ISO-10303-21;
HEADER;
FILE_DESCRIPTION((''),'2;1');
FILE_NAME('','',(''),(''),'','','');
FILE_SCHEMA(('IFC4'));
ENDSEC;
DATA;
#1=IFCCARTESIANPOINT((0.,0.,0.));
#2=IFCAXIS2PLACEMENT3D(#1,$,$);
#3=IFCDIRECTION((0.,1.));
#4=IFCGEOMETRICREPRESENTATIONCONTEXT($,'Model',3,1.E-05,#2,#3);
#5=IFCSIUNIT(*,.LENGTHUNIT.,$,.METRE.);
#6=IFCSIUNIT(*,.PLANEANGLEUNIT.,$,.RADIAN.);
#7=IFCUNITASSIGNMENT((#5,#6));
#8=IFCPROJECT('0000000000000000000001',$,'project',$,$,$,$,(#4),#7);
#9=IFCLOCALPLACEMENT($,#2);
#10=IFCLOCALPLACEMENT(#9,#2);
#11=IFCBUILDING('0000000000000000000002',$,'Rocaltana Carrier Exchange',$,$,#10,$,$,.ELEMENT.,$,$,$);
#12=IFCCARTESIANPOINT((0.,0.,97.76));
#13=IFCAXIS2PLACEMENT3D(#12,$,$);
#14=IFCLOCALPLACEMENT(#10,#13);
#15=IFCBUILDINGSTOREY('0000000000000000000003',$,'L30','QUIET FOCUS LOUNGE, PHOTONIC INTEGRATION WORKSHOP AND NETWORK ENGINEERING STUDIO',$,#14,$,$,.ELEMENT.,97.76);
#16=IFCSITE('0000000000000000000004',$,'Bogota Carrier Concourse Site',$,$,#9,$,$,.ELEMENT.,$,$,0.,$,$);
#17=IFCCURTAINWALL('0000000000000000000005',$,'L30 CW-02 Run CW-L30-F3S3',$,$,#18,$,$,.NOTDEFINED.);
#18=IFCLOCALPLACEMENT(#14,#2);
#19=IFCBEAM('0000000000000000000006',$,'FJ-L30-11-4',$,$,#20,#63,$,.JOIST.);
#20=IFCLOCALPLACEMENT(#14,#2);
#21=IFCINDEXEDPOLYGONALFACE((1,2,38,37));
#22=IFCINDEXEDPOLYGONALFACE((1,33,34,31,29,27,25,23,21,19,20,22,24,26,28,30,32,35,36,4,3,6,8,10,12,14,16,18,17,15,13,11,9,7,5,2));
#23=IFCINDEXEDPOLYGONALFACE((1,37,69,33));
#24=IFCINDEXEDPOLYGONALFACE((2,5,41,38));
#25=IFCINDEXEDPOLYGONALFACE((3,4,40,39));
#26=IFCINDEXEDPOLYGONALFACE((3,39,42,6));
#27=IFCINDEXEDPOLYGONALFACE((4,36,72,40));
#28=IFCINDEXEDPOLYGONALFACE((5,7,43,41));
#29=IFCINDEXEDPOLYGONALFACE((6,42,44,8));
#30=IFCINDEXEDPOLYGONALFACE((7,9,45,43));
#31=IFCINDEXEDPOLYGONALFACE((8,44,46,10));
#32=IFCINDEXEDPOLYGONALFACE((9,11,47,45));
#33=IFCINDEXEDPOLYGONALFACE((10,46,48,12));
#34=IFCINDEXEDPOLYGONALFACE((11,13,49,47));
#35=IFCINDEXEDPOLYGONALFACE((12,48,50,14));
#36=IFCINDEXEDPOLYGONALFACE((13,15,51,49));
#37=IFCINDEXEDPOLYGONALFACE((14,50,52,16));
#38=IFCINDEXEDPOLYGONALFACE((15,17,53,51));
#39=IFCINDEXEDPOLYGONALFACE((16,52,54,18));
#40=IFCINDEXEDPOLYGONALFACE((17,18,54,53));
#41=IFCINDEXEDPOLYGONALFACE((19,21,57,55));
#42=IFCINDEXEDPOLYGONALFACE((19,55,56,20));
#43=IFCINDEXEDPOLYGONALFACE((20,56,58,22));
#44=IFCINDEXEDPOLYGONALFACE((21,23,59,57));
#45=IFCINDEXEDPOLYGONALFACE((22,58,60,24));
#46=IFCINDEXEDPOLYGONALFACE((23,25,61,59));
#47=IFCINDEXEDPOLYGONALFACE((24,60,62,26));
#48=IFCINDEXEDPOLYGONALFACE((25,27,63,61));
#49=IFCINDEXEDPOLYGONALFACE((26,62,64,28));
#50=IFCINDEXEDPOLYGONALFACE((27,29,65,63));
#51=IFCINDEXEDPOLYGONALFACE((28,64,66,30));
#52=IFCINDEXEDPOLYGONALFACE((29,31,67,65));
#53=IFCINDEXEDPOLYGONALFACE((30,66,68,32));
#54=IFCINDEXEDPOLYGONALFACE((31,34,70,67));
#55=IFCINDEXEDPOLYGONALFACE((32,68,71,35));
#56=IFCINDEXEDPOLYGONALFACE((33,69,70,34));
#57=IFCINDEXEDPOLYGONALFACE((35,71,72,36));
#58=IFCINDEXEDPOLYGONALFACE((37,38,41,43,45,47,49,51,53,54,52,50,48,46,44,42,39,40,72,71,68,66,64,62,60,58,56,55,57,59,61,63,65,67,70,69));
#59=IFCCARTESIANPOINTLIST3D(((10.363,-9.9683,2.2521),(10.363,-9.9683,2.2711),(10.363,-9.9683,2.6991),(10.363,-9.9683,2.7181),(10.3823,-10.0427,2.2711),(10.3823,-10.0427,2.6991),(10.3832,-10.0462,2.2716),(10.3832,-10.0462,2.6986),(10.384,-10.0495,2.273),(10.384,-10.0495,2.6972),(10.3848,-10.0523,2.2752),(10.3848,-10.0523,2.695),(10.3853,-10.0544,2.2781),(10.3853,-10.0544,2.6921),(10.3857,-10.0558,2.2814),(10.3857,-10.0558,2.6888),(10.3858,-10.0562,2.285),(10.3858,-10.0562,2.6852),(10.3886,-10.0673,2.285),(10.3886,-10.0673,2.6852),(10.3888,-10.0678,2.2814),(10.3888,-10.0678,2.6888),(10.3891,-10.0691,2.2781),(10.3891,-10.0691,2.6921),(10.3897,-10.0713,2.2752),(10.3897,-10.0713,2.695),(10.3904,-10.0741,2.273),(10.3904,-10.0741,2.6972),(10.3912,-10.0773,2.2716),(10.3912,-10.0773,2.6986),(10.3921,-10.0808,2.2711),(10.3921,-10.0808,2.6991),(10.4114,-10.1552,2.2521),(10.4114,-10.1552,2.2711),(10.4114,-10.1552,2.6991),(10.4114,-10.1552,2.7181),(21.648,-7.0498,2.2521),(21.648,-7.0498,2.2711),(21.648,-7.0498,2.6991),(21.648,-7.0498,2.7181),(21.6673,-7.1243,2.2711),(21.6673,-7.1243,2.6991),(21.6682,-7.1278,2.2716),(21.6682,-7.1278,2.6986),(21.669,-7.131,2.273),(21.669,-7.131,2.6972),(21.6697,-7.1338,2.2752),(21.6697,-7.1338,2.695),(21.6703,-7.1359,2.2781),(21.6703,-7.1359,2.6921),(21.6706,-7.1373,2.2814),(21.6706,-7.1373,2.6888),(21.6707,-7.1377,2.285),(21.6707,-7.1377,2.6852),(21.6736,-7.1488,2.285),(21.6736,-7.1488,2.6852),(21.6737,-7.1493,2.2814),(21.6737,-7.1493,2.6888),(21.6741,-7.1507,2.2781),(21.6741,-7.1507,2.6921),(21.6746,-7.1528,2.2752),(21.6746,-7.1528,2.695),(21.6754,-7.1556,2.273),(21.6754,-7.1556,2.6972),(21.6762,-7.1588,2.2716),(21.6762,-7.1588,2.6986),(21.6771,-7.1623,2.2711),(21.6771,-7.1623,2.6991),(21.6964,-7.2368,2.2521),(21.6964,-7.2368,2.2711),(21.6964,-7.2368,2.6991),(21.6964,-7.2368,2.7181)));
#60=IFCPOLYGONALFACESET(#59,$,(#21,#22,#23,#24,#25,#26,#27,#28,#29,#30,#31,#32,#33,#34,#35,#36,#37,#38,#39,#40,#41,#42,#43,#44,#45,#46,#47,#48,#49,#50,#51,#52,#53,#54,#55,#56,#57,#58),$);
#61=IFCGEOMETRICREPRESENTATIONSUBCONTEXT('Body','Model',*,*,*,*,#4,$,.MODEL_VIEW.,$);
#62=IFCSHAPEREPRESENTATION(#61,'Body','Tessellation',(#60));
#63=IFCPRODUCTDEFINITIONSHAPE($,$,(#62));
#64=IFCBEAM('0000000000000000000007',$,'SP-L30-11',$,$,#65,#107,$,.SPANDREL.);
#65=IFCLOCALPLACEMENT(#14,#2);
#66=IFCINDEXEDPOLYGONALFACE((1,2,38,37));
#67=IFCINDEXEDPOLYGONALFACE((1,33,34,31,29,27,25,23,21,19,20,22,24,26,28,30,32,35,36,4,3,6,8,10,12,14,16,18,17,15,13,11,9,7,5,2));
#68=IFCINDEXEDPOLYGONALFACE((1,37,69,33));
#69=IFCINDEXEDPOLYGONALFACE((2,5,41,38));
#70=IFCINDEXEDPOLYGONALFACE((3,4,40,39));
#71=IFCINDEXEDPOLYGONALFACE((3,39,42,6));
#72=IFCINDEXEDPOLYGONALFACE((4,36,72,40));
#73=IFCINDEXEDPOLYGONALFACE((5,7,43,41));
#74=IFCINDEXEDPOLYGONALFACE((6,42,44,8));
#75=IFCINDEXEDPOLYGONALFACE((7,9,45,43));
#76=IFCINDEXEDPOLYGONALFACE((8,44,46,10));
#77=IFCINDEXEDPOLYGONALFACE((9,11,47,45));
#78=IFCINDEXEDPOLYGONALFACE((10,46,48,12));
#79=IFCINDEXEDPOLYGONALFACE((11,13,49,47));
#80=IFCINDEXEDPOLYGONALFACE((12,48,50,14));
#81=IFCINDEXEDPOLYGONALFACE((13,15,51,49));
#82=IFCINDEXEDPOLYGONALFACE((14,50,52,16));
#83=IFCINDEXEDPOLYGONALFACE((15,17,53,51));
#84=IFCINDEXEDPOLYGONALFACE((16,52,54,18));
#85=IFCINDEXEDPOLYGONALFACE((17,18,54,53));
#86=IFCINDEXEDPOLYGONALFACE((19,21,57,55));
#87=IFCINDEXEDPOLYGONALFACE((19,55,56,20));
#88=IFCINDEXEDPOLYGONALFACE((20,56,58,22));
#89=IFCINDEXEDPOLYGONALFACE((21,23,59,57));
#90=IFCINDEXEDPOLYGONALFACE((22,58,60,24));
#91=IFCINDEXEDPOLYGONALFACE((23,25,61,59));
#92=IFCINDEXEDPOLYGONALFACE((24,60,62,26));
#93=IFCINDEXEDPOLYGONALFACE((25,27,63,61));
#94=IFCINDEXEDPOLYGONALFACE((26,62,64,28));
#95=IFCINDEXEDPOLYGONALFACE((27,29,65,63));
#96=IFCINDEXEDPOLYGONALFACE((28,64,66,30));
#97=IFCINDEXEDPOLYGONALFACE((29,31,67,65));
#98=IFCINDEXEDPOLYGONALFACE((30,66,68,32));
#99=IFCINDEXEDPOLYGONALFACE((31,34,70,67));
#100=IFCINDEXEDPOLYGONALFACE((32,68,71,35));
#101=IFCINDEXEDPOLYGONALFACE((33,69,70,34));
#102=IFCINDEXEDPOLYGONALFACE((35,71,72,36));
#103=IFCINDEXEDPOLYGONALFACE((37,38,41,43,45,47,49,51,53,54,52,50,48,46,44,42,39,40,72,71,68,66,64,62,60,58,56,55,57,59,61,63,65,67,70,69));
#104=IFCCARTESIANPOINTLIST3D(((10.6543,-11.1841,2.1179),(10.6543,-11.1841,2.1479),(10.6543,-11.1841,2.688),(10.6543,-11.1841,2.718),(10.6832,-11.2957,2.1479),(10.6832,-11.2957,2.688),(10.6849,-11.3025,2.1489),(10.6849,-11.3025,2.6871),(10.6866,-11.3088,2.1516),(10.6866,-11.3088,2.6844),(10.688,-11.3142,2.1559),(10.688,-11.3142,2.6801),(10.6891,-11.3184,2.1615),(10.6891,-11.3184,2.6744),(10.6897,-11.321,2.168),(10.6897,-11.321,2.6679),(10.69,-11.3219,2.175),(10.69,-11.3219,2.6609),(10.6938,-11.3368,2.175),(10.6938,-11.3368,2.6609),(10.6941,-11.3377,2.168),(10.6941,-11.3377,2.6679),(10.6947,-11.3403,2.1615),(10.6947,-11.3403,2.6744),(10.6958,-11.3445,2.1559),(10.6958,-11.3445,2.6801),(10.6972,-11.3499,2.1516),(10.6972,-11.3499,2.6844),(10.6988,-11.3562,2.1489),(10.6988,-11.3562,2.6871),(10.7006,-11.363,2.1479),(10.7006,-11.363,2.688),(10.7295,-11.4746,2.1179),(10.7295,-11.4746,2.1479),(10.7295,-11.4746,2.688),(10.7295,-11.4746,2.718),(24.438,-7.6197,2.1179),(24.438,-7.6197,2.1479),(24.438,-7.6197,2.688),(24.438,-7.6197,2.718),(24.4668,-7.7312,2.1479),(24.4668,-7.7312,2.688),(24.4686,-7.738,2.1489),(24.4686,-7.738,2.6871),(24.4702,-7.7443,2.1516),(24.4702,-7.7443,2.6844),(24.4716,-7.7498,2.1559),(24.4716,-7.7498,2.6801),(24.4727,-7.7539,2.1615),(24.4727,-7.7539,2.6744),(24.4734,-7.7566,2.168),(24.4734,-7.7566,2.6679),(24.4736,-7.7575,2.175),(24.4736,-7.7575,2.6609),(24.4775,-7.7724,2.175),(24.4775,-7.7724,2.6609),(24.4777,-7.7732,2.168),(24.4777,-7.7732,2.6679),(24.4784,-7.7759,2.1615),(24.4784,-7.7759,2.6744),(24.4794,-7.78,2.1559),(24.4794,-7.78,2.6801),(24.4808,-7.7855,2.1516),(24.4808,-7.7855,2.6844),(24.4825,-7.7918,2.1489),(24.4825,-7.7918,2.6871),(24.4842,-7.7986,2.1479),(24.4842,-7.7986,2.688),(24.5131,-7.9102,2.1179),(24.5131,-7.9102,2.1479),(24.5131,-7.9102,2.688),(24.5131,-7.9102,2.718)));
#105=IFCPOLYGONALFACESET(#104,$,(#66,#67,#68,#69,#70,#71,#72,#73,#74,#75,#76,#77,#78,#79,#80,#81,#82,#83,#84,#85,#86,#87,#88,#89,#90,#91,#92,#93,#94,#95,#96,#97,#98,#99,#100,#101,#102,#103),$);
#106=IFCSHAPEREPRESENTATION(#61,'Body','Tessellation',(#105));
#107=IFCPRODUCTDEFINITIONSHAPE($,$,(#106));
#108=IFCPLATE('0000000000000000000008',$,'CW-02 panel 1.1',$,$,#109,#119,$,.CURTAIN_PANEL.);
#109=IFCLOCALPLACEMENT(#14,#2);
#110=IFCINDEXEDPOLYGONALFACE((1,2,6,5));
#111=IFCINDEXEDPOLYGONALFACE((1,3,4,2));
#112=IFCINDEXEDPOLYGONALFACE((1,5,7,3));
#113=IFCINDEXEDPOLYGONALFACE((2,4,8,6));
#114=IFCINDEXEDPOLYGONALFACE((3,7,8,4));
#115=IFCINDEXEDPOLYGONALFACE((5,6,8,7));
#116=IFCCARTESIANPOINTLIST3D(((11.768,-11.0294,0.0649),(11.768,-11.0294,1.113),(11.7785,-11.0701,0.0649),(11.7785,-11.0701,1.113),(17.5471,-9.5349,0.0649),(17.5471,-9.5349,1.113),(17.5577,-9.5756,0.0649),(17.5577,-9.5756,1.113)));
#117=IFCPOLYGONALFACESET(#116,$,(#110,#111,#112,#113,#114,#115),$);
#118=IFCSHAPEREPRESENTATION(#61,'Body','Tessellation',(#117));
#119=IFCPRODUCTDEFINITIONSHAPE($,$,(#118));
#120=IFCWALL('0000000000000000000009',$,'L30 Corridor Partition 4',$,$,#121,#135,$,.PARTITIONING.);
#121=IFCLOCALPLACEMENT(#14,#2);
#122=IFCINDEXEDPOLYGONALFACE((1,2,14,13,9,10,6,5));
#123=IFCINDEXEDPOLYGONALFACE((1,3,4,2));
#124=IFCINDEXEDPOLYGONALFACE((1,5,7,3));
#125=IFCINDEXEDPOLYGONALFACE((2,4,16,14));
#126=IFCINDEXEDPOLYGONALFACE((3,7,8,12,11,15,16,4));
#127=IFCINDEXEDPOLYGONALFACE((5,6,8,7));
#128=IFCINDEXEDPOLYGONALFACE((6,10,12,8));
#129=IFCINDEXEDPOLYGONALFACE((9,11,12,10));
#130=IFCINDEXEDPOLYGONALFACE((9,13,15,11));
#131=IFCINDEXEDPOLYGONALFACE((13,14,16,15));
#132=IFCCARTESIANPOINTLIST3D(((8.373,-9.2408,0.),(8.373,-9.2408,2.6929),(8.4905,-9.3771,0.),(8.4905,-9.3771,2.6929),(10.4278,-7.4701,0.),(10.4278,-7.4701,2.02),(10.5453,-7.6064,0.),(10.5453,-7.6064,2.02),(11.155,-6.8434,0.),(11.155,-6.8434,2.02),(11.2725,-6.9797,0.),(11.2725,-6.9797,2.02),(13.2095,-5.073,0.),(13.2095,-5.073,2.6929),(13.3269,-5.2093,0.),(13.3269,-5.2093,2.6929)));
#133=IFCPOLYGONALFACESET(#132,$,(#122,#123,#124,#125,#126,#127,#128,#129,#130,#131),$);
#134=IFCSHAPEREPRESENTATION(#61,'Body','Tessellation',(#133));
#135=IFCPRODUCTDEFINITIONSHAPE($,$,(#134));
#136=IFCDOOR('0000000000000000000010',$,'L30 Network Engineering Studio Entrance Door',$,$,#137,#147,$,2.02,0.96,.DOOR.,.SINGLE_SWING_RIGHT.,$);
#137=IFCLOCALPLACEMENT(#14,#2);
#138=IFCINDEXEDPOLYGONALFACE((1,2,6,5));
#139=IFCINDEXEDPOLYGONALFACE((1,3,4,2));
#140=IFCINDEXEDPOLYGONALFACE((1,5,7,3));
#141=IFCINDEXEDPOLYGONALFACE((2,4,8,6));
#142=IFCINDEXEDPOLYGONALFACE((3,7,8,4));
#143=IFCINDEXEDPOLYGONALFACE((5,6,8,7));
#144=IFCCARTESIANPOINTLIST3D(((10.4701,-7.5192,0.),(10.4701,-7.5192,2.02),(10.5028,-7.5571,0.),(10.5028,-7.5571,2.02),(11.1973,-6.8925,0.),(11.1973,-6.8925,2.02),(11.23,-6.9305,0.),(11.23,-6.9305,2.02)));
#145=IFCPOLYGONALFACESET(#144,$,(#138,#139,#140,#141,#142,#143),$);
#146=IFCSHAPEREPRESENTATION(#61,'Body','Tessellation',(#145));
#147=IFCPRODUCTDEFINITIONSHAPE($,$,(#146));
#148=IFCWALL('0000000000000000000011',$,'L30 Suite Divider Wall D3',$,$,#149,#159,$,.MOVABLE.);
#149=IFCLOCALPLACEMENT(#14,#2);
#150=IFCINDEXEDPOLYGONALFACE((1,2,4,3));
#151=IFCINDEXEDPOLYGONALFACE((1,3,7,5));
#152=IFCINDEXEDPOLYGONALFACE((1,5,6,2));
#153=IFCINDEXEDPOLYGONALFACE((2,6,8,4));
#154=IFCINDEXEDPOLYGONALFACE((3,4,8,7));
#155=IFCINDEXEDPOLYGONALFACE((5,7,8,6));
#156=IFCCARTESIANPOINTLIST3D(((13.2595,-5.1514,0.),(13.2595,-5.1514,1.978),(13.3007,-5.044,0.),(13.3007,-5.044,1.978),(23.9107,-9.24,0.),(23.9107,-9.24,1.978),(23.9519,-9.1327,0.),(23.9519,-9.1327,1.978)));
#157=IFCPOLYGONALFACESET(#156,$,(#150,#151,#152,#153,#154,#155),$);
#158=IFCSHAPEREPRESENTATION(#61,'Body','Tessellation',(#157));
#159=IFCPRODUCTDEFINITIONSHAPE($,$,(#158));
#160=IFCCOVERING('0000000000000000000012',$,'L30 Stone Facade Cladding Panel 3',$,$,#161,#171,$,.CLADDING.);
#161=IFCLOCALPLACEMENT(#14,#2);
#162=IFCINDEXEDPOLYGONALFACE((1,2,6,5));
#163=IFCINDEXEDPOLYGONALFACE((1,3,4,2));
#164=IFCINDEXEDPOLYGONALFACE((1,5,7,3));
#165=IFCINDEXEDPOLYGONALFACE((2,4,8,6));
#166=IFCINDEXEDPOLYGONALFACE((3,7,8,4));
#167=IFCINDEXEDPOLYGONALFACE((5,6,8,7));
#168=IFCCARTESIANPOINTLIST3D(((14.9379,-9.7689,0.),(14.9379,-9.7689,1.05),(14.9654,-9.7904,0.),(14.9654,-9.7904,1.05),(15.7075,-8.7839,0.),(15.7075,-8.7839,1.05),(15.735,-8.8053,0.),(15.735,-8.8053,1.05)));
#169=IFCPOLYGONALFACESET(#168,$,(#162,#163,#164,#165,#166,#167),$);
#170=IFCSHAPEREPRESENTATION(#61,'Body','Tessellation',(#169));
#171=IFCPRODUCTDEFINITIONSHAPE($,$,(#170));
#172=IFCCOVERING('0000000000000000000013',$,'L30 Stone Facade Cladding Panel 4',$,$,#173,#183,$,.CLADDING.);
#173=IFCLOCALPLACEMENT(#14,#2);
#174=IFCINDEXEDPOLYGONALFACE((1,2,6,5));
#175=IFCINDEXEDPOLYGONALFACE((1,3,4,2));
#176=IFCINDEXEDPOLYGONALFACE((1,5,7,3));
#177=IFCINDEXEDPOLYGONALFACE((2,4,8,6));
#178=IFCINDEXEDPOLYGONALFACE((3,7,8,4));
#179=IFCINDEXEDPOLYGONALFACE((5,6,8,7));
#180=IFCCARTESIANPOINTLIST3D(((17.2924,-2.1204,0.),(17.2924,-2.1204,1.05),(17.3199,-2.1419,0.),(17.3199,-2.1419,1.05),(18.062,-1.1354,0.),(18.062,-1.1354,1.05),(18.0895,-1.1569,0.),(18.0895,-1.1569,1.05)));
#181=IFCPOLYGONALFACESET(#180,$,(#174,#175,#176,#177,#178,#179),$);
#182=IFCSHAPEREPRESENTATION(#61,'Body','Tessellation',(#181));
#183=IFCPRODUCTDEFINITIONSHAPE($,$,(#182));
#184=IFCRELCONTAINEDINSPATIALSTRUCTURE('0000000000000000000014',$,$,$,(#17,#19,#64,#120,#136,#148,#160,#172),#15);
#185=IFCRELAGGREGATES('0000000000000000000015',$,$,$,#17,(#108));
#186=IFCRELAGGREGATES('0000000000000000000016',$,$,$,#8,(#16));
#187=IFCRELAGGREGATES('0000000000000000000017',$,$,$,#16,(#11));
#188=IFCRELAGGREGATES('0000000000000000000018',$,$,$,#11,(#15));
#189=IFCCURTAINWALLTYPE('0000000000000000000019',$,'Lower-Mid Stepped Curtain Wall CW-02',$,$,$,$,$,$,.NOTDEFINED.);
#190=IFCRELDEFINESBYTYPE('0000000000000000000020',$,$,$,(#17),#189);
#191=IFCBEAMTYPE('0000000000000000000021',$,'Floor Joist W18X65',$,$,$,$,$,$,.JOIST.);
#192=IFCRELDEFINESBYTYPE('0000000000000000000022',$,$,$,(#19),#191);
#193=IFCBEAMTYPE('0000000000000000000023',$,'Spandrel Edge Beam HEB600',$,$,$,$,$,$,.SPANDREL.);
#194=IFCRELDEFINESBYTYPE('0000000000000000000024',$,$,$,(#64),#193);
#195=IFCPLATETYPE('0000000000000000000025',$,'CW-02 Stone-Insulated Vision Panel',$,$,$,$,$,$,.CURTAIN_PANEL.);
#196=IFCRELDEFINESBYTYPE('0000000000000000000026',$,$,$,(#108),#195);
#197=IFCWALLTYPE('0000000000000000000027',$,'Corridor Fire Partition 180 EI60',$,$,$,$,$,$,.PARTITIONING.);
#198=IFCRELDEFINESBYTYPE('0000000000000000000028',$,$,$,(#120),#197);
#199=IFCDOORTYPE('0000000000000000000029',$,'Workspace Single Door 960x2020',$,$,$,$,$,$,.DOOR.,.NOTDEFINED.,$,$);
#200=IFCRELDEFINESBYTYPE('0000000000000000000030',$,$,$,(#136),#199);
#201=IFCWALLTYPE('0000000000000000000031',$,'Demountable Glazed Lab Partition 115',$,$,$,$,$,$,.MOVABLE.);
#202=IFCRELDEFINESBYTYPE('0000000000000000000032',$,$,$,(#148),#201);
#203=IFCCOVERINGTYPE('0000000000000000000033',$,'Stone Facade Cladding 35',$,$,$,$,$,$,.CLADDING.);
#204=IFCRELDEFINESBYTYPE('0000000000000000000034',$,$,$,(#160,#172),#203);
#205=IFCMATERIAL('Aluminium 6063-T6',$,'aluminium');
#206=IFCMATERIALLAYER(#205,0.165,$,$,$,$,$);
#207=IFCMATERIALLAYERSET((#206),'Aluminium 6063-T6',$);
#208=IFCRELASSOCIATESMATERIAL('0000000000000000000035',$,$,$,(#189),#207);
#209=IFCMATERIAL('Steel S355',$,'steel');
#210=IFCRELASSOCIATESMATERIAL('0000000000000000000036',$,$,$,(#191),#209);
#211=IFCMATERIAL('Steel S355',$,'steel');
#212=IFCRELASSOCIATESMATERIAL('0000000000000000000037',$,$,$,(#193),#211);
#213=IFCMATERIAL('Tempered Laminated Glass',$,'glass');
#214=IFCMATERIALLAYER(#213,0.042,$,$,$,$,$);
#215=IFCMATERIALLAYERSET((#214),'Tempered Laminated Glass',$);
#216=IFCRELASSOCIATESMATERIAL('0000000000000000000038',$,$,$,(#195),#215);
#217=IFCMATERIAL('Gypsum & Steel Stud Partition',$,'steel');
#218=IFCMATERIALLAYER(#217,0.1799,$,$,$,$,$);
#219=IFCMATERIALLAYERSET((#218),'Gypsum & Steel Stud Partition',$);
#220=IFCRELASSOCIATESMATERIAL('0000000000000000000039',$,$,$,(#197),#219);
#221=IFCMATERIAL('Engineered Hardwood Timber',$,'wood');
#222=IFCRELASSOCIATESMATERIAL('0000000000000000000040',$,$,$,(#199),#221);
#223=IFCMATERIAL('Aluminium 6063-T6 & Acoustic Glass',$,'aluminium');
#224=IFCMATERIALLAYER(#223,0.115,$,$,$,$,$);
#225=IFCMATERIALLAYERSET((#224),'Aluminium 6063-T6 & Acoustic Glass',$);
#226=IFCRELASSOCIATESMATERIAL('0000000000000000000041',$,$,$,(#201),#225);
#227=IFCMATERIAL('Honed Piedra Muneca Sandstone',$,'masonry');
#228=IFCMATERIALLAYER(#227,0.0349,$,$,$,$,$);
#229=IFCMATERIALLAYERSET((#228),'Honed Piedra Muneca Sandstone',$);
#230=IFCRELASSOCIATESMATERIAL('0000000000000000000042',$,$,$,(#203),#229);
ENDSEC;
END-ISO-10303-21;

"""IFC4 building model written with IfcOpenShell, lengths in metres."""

from ifc_helpers import new_model, si_unit, direction, frame, frame_2d, origin, origin_2d, place, context, subcontext, project, spatial, rectangle, i_section, extrude, material, layer, layer_set, material_profile, profile_set, type_object, element, fill, aggregate, save


model = new_model("IFC4")

# Units and contexts
model_context = context("Model", 3, precision=1e-05, world=origin(), true_north=direction((0.0, 1.0)))
body_context = subcontext(model_context, "Body", "Model", "MODEL_VIEW")
ifc_project = project(units=[si_unit("LENGTHUNIT", "METRE"), si_unit("PLANEANGLEUNIT", "RADIAN")], contexts=[model_context])

# Site, building, storey
site_placement = place(None, origin())
site = spatial("IfcSite", under=ifc_project, at=site_placement, Name="Bogota Carrier Concourse Site", CompositionType="ELEMENT", RefElevation=0.0)
building_placement = place(site_placement, origin())
building = spatial("IfcBuilding", under=site, at=building_placement, Name="Rocaltana Carrier Exchange", CompositionType="ELEMENT")
storey_placement = place(building_placement, frame((0.0, 0.0, 97.76)))
storey = spatial("IfcBuildingStorey", under=building, at=storey_placement, Name="L30", Description="QUIET FOCUS LOUNGE, PHOTONIC INTEGRATION WORKSHOP AND NETWORK ENGINEERING STUDIO", CompositionType="ELEMENT", Elevation=97.76)

# Curtain wall
ifc_material_1 = material(Name="Aluminium 6063-T6", Category="aluminium")
ifc_layer_1 = layer(ifc_material_1, 0.165)
ifc_layer_set_1 = layer_set([ifc_layer_1], Name="Aluminium 6063-T6")
curtain_wall_type = type_object("IfcCurtainWallType", Name="Lower-Mid Stepped Curtain Wall CW-02", PredefinedType="NOTDEFINED", material=ifc_layer_set_1)
curtain_wall_placement = place(storey_placement, origin())
curtain_wall = element("IfcCurtainWall", 1, at=curtain_wall_placement, inside=storey, type_object=curtain_wall_type, Name="L30 CW-02 Run CW-L30-F3S3", PredefinedType="NOTDEFINED")

# Beams
ifc_material_2 = material(Name="Steel S355", Category="steel")
ifc_material_profile_1 = material_profile(ifc_material_2, i_section(OverallWidth=0.1931, OverallDepth=0.4661, WebThickness=0.0115, FlangeThickness=0.019, FilletRadius=0.0139, at=origin_2d()), Name="W18X65")
ifc_profile_set_1 = profile_set([ifc_material_profile_1], Name="Steel S355")
beam_type_1 = type_object("IfcBeamType", Name="Floor Joist W18X65", PredefinedType="JOIST", material=ifc_profile_set_1)
beam_1_placement = place(storey_placement, frame((10.3872, -10.0618, 2.4851), z_axis=(0.968148, 0.250378, 0.0), x_axis=(-0.250378, 0.968148, 0.0)))
element("IfcBeam", 2, at=beam_1_placement, inside=storey, type_object=beam_type_1, Name="FJ-L30-11-4", PredefinedType="JOIST", context=body_context, shape_type="SweptSolid", body=[
    extrude(i_section(OverallWidth=0.1931, OverallDepth=0.4661, WebThickness=0.0115, FlangeThickness=0.019, FilletRadius=0.0139, at=origin_2d()), origin(), (0.0, 0.0, 1.0), 11.6562),
])
ifc_material_3 = material(Name="Steel S355", Category="steel")
ifc_material_profile_2 = material_profile(ifc_material_3, i_section(OverallWidth=0.3, OverallDepth=0.6001, WebThickness=0.0154, FlangeThickness=0.03, FilletRadius=0.0271, at=origin_2d()), Name="HEB600")
ifc_profile_set_2 = profile_set([ifc_material_profile_2], Name="Steel S355")
beam_type_2 = type_object("IfcBeamType", Name="Spandrel Edge Beam HEB600", PredefinedType="SPANDREL", material=ifc_profile_set_2)
beam_2_placement = place(storey_placement, frame((10.6919, -11.3293, 2.418), z_axis=(0.968152, 0.250363, 0.0), x_axis=(-0.250363, 0.968152, 0.0)))
element("IfcBeam", 3, at=beam_2_placement, inside=storey, type_object=beam_type_2, Name="SP-L30-11", PredefinedType="SPANDREL", context=body_context, shape_type="SweptSolid", body=[
    extrude(i_section(OverallWidth=0.3, OverallDepth=0.6001, WebThickness=0.0154, FlangeThickness=0.03, FilletRadius=0.0271, at=origin_2d()), origin(), (0.0, 0.0, 1.0), 14.2371),
])

# Plate
ifc_material_4 = material(Name="Tempered Laminated Glass", Category="glass")
ifc_layer_2 = layer(ifc_material_4, 0.042)
ifc_layer_set_2 = layer_set([ifc_layer_2], Name="Tempered Laminated Glass")
plate_type = type_object("IfcPlateType", Name="CW-02 Stone-Insulated Vision Panel", PredefinedType="CURTAIN_PANEL", material=ifc_layer_set_2)
plate_placement = place(storey_placement, frame((14.6628, -10.3025, 0.0649), z_axis=(0.0, 0.0, 1.0), x_axis=(0.96815, 0.25037, 0.0)))
plate = element("IfcPlate", 4, at=plate_placement, type_object=plate_type, Name="CW-02 panel 1.1", PredefinedType="CURTAIN_PANEL", context=body_context, shape_type="SweptSolid", body=[
    extrude(rectangle(XDim=5.9692, YDim=0.042, at=origin_2d()), origin(), (0.0, 0.0, 1.0), 1.0481),
])
aggregate(curtain_wall, [plate])

# Wall, opening, door
ifc_material_5 = material(Name="Gypsum & Steel Stud Partition", Category="steel")
ifc_layer_3 = layer(ifc_material_5, 0.1799)
ifc_layer_set_3 = layer_set([ifc_layer_3], Name="Gypsum & Steel Stud Partition")
wall_type_1 = type_object("IfcWallType", Name="Corridor Fire Partition 180 EI60", PredefinedType="PARTITIONING", material=ifc_layer_set_3)
wall_1_placement = place(storey_placement, frame((13.2683, -5.1411, 0.0), z_axis=(0.0, 0.0, 1.0), x_axis=(-0.757535, -0.652795, 0.0)))
wall_1 = element("IfcWall", 5, at=wall_1_placement, inside=storey, type_object=wall_type_1, Name="L30 Corridor Partition 4", PredefinedType="PARTITIONING", context=body_context, shape_type="SweptSolid", body=[
    extrude(rectangle(XDim=6.3845, YDim=0.1799, at=frame_2d((3.1924, 0.0))), origin(), (0.0, 0.0, 1.0), 2.6929),
])
opening_placement = place(wall_1_placement, frame((2.7122, 0.0, 0.0)))
opening = element("IfcOpeningElement", 6, at=opening_placement, cuts=wall_1, PredefinedType="OPENING", context=body_context, shape_type="SweptSolid", body=[
    extrude(rectangle(XDim=0.96, YDim=2.02, at=frame_2d((0.48, 1.01))), frame((0.0, 0.0999, 0.0), z_axis=(0.0, -1.0, 0.0), x_axis=(1.0, 0.0, 0.0)), (0.0, 0.0, 1.0), 0.2),
])
ifc_material_6 = material(Name="Engineered Hardwood Timber", Category="wood")
door_type = type_object("IfcDoorType", Name="Workspace Single Door 960x2020", OperationType="NOTDEFINED", PredefinedType="DOOR", material=ifc_material_6)
door_placement = place(opening_placement, origin())
door = element("IfcDoor", 7, at=door_placement, inside=storey, type_object=door_type, Name="L30 Network Engineering Studio Entrance Door", OperationType="SINGLE_SWING_RIGHT", OverallHeight=2.02, OverallWidth=0.96, PredefinedType="DOOR", context=body_context, shape_type="SweptSolid", body=[
    extrude(rectangle(XDim=0.96, YDim=2.02, at=frame_2d((0.48, 1.01))), frame((0.0, 0.0249, 0.0), z_axis=(0.0, -1.0, 0.0), x_axis=(1.0, 0.0, 0.0)), (0.0, 0.0, 1.0), 0.05),
])
fill(opening, door)

# Wall
ifc_material_7 = material(Name="Aluminium 6063-T6 & Acoustic Glass", Category="aluminium")
ifc_layer_4 = layer(ifc_material_7, 0.115)
ifc_layer_set_4 = layer_set([ifc_layer_4], Name="Aluminium 6063-T6 & Acoustic Glass")
wall_type_2 = type_object("IfcWallType", Name="Demountable Glazed Lab Partition 115", PredefinedType="MOVABLE", material=ifc_layer_set_4)
wall_2_placement = place(storey_placement, frame((13.28, -5.0977, 0.0), z_axis=(0.0, 0.0, 1.0), x_axis=(0.933579, -0.358371, 0.0)))
element("IfcWall", 8, at=wall_2_placement, inside=storey, type_object=wall_type_2, Name="L30 Suite Divider Wall D3", PredefinedType="MOVABLE", context=body_context, shape_type="SweptSolid", body=[
    extrude(rectangle(XDim=11.4089, YDim=0.115, at=frame_2d((5.7046, 0.0))), origin(), (0.0, 0.0, 1.0), 1.978),
])

# Coverings
ifc_material_8 = material(Name="Honed Piedra Muneca Sandstone", Category="masonry")
ifc_layer_5 = layer(ifc_material_8, 0.0349)
ifc_layer_set_5 = layer_set([ifc_layer_5], Name="Honed Piedra Muneca Sandstone")
covering_type = type_object("IfcCoveringType", Name="Stone Facade Cladding 35", PredefinedType="CLADDING", material=ifc_layer_set_5)
for number, where, z_axis, x_axis, name in (
    (9, (15.3364, -9.2871, 0.0), (0.0, 0.0, 1.0), (0.615661, 0.788011, 0.0), "L30 Stone Facade Cladding Panel 3"),
    (10, (17.6909, -1.6387, 0.0), (0.0, 0.0, 1.0), (0.615661, 0.788011, 0.0), "L30 Stone Facade Cladding Panel 4"),
):
    element("IfcCovering", number, at=place(storey_placement, frame(where, z_axis=z_axis, x_axis=x_axis)), inside=storey, type_object=covering_type, Name=name, PredefinedType="CLADDING", context=body_context, shape_type="SweptSolid", body=[
        extrude(rectangle(XDim=1.25, YDim=0.0349, at=origin_2d()), origin(), (0.0, 0.0, 1.0), 1.05),
    ])

save(model, "model.ifc")
